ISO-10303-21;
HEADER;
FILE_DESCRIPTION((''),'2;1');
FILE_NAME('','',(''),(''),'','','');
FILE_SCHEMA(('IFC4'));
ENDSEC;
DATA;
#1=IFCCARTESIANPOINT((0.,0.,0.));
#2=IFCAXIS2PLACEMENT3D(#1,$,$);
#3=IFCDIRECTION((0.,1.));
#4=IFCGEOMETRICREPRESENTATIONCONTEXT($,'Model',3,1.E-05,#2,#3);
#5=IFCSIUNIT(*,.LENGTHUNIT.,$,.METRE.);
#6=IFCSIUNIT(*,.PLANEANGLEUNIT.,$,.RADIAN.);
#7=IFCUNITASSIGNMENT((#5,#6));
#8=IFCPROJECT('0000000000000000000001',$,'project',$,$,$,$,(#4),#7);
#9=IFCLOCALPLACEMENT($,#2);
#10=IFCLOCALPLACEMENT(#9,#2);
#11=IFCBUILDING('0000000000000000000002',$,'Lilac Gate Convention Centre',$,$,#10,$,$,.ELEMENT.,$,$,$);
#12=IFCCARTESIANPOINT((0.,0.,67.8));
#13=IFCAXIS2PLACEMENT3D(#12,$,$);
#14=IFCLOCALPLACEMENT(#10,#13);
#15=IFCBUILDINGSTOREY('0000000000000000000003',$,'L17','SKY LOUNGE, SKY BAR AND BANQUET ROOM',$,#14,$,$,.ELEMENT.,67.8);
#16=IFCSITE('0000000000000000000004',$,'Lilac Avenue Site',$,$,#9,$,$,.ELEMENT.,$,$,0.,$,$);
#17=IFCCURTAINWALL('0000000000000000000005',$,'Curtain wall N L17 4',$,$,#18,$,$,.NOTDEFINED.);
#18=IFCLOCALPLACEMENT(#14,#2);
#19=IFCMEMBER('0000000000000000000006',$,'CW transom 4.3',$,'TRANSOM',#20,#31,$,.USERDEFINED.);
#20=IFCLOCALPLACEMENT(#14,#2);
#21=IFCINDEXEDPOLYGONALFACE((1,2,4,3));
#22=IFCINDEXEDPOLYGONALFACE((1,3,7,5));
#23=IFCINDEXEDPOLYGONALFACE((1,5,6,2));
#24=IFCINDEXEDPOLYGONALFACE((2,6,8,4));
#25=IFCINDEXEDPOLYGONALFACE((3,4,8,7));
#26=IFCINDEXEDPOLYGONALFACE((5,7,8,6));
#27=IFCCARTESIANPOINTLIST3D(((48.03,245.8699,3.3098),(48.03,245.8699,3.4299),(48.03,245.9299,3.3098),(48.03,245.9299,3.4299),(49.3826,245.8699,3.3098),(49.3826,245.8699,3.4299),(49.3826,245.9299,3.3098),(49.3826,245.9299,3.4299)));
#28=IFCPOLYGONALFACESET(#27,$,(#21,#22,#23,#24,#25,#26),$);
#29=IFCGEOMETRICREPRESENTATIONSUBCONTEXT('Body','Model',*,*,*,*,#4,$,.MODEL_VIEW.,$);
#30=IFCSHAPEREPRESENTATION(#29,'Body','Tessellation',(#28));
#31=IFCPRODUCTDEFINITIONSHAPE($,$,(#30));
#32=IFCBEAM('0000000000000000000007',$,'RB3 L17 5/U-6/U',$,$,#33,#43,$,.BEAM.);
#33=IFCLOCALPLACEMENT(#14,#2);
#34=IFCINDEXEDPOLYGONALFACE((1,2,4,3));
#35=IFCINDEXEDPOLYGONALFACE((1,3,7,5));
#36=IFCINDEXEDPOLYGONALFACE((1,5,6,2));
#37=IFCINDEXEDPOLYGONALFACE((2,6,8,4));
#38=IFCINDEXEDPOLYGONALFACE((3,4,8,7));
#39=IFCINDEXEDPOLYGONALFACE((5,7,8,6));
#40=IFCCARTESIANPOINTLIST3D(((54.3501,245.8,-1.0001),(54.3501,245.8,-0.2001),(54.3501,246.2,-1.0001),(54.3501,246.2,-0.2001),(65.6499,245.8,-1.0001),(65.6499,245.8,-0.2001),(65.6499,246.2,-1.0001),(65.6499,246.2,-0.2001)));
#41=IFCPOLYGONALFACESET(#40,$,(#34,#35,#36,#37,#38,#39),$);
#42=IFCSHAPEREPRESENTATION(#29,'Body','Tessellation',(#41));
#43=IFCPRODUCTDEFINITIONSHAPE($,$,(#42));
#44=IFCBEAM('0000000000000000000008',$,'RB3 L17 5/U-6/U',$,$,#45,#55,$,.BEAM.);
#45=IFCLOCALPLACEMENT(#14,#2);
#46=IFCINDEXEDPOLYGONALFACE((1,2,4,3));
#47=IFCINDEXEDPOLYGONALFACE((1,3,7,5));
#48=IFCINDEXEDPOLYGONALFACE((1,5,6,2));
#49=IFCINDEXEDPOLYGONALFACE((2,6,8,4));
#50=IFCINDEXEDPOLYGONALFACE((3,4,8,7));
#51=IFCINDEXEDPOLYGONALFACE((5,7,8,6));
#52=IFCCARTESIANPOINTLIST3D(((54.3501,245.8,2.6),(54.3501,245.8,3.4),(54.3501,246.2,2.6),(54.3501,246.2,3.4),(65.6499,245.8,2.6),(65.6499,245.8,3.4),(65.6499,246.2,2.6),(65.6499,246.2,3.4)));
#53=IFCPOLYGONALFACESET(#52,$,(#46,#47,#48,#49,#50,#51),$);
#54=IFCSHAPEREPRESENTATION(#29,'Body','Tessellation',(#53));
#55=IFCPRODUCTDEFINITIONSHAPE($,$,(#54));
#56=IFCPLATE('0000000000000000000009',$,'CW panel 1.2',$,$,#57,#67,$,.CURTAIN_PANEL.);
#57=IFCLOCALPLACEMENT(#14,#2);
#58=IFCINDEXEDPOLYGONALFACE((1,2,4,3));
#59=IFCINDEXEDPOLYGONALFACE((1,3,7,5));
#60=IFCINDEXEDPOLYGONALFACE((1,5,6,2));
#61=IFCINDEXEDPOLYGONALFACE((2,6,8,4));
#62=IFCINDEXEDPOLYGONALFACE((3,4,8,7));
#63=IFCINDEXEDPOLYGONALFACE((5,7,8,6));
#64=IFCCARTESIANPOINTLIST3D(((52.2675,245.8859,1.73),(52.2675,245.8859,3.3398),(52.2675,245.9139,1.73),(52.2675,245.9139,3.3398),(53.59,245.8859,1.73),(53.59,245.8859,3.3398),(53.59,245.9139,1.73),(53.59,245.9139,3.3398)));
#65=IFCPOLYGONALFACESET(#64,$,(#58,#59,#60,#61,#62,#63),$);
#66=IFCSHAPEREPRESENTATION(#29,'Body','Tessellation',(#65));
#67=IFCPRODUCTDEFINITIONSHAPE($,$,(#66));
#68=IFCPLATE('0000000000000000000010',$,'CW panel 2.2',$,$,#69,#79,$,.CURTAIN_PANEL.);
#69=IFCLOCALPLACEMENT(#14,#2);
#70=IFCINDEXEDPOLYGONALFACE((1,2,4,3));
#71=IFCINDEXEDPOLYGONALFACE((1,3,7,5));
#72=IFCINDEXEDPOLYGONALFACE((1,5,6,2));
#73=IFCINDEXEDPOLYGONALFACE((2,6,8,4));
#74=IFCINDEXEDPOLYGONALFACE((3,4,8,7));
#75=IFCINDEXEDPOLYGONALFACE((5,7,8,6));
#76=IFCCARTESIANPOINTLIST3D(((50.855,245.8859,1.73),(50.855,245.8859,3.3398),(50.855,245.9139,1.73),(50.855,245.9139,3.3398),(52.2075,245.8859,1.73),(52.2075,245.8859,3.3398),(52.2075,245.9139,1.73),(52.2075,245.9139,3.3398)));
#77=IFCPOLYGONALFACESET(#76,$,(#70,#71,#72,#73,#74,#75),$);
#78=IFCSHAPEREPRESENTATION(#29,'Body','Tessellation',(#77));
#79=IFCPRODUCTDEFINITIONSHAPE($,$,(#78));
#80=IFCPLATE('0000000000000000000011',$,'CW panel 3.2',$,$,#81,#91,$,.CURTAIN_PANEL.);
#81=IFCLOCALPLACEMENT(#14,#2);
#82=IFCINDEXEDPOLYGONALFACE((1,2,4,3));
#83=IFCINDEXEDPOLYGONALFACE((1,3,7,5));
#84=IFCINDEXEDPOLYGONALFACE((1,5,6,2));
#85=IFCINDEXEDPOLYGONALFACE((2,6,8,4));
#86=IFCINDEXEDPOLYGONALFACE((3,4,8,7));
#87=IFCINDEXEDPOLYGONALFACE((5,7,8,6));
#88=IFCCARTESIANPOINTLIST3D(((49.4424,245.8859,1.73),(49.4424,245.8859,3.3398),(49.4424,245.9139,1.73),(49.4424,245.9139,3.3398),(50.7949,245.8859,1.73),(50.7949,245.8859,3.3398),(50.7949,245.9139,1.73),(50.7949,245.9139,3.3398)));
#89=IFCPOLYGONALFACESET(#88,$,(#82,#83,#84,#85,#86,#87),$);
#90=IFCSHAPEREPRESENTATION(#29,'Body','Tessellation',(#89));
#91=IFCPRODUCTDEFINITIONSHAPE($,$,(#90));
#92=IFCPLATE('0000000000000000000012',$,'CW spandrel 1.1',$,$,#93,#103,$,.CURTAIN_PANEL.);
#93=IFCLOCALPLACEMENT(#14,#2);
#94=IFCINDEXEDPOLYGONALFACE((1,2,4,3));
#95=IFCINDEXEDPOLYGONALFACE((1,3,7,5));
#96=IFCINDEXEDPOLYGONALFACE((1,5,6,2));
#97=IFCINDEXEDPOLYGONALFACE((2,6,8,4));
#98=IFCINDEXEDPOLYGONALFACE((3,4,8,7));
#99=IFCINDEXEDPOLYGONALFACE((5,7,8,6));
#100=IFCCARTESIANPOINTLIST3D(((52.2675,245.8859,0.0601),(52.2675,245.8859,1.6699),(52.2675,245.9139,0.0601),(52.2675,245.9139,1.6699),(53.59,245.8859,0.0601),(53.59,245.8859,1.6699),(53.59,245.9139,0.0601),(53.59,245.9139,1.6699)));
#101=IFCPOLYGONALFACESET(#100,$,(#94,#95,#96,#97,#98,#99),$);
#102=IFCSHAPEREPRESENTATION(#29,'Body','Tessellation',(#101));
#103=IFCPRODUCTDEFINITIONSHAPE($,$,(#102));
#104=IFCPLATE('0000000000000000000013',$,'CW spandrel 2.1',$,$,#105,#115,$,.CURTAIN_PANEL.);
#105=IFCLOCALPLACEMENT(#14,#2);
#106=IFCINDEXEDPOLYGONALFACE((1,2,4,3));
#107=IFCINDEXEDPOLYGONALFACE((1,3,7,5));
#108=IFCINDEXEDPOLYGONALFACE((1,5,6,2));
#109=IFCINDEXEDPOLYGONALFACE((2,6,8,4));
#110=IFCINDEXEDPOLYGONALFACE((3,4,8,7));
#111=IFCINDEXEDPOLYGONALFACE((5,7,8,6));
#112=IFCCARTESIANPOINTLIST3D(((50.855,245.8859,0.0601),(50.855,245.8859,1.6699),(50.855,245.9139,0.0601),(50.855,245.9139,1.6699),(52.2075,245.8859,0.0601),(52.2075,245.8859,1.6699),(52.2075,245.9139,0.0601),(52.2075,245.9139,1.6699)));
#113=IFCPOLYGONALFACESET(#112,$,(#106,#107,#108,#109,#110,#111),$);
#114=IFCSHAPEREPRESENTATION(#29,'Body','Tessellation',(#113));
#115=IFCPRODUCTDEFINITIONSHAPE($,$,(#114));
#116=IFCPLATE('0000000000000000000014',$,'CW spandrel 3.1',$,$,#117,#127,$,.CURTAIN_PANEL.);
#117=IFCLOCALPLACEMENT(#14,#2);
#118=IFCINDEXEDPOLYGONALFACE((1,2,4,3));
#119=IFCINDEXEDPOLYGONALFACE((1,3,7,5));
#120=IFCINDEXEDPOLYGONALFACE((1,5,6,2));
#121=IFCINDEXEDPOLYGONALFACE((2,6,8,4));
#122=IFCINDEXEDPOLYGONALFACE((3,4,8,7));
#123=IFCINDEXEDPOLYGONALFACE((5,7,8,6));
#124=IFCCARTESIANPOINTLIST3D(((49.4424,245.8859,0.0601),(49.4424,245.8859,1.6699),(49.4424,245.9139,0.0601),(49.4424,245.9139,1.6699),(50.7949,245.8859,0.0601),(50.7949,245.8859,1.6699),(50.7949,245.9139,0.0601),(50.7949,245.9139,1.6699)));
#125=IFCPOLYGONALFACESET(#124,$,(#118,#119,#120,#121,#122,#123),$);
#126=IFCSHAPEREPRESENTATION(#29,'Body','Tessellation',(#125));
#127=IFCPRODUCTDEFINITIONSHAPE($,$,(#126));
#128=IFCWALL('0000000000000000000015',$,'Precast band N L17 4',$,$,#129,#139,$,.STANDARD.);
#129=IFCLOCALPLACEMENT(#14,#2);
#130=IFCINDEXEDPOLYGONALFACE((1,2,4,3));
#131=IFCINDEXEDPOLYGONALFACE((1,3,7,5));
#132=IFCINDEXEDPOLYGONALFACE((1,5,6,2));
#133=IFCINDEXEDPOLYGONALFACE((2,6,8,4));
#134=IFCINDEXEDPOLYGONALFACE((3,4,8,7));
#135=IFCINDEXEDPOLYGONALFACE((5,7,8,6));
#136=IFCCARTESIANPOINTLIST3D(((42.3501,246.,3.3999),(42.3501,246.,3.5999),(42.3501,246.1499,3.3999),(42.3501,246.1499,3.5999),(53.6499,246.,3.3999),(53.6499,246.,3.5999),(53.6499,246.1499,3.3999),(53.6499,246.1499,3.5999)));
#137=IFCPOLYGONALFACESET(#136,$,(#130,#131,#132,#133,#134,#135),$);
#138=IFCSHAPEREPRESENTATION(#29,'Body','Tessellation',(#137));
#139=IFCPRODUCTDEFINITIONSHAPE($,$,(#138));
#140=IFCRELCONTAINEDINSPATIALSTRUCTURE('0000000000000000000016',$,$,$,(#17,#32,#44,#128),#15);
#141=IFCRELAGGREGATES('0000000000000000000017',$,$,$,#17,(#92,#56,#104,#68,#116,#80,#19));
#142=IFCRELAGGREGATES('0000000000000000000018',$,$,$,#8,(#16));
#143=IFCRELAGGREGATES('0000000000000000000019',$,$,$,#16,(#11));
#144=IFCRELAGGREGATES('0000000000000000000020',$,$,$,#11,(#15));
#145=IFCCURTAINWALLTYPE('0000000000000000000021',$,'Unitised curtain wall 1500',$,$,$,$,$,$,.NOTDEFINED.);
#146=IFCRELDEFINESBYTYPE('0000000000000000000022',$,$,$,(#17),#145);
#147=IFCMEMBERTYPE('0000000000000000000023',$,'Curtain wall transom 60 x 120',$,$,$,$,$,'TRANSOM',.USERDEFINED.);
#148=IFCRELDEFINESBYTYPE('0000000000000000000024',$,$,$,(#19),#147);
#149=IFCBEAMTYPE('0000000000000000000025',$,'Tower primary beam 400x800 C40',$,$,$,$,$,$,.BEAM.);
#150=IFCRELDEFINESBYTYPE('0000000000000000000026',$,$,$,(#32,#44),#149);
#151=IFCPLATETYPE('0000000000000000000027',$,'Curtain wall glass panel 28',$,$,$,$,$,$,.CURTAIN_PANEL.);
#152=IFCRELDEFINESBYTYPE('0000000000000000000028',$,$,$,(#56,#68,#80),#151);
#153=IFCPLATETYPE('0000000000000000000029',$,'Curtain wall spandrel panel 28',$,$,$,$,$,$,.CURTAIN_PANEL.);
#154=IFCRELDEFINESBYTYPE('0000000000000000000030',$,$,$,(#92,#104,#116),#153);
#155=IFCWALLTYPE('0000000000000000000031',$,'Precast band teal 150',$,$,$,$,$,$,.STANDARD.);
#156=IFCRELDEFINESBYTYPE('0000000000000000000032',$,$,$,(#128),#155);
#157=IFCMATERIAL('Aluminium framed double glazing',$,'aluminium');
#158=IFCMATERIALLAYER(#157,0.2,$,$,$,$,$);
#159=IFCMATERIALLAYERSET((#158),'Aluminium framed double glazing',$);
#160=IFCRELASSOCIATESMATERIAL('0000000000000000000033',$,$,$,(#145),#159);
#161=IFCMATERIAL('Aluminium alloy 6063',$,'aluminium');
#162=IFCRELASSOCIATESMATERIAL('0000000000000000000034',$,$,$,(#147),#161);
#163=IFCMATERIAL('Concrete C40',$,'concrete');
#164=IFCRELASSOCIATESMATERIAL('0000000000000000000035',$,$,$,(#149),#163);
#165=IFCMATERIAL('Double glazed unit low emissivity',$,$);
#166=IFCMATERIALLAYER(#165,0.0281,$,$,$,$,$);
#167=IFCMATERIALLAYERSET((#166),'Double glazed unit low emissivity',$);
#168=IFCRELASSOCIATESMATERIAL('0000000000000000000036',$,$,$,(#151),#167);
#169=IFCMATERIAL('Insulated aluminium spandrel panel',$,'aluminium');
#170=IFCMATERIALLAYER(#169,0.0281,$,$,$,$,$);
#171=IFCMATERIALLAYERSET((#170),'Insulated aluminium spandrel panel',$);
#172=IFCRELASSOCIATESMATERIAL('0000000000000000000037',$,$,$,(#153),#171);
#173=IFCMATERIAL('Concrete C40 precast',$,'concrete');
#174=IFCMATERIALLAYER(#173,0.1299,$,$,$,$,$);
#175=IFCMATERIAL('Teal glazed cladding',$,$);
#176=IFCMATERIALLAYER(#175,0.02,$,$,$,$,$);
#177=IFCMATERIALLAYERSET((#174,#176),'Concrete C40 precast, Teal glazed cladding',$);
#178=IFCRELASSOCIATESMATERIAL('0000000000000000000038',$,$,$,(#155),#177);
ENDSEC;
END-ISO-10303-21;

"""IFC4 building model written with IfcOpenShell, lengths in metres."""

from ifc_helpers import new_model, si_unit, direction, frame, frame_2d, origin, origin_2d, place, context, subcontext, project, spatial, rectangle, extrude, material, layer, layer_set, material_profile, profile_set, type_object, element, aggregate, save


model = new_model("IFC4")

# Units and contexts
model_context = context("Model", 3, precision=1e-05, world=origin(), true_north=direction((0.0, 1.0)))
body_context = subcontext(model_context, "Body", "Model", "MODEL_VIEW")
ifc_project = project(units=[si_unit("LENGTHUNIT", "METRE"), si_unit("PLANEANGLEUNIT", "RADIAN")], contexts=[model_context])

# Site, building, storey
site_placement = place(None, origin())
site = spatial("IfcSite", under=ifc_project, at=site_placement, Name="Lilac Avenue Site", CompositionType="ELEMENT", RefElevation=0.0)
building_placement = place(site_placement, origin())
building = spatial("IfcBuilding", under=site, at=building_placement, Name="Lilac Gate Convention Centre", CompositionType="ELEMENT")
storey_placement = place(building_placement, frame((0.0, 0.0, 67.8)))
storey = spatial("IfcBuildingStorey", under=building, at=storey_placement, Name="L17", Description="SKY LOUNGE, SKY BAR AND BANQUET ROOM", CompositionType="ELEMENT", Elevation=67.8)

# Shared definitions
ifc_material_1 = material(Name="Concrete C40", Category="concrete")

# Curtain wall, member
ifc_material_2 = material(Name="Aluminium framed double glazing", Category="aluminium")
ifc_layer_1 = layer(ifc_material_2, 0.2)
ifc_layer_set_1 = layer_set([ifc_layer_1], Name="Aluminium framed double glazing")
curtain_wall_type = type_object("IfcCurtainWallType", Name="Unitised curtain wall 1500", PredefinedType="NOTDEFINED", material=ifc_layer_set_1)
curtain_wall_placement = place(storey_placement, origin())
curtain_wall = element("IfcCurtainWall", 1, at=curtain_wall_placement, inside=storey, type_object=curtain_wall_type, Name="Curtain wall N L17 4", PredefinedType="NOTDEFINED")
ifc_material_3 = material(Name="Aluminium alloy 6063", Category="aluminium")
ifc_material_profile_1 = material_profile(ifc_material_3, rectangle(XDim=0.0601, YDim=0.1201, at=origin_2d()), Name="Curtain wall transom 60 x 120")
ifc_profile_set_1 = profile_set([ifc_material_profile_1], Name="Aluminium alloy 6063")
member_type_1 = type_object("IfcMemberType", Name="Curtain wall transom 60 x 120", ElementType="TRANSOM", PredefinedType="USERDEFINED", material=ifc_profile_set_1)
member_1_placement = place(storey_placement, frame((49.3826, 245.8999, 3.3699), z_axis=(-1.0, 0.0, 0.0), x_axis=(0.0, -1.0, 0.0)))
member_1 = element("IfcMember", 2, at=member_1_placement, type_object=member_type_1, Name="CW transom 4.3", ObjectType="TRANSOM", PredefinedType="USERDEFINED", context=body_context, shape_type="SweptSolid", body=[
    extrude(rectangle(XDim=0.0601, YDim=0.1201, at=origin_2d()), origin(), (0.0, 0.0, 1.0), 1.3525),
])

# Beams
ifc_material_profile_2 = material_profile(ifc_material_1, rectangle(XDim=0.3999, YDim=0.8, at=origin_2d()), Name="RC 400x800")
ifc_profile_set_2 = profile_set([ifc_material_profile_2], Name="Concrete C40")
beam_type = type_object("IfcBeamType", Name="Tower primary beam 400x800 C40", PredefinedType="BEAM", material=ifc_profile_set_2)
for number, where, z_axis, x_axis, name in (
    (3, (54.3501, 246.0, -0.6001), (1.0, 0.0, 0.0), (0.0, 1.0, 0.0), "RB3 L17 5/U-6/U"),
    (4, (54.3501, 246.0, 3.0), (1.0, 0.0, 0.0), (0.0, 1.0, 0.0), "RB3 L17 5/U-6/U"),
):
    element("IfcBeam", number, at=place(storey_placement, frame(where, z_axis=z_axis, x_axis=x_axis)), inside=storey, type_object=beam_type, Name=name, PredefinedType="BEAM", context=body_context, shape_type="SweptSolid", body=[
        extrude(rectangle(XDim=0.3999, YDim=0.8, at=origin_2d()), origin(), (0.0, 0.0, 1.0), 11.2998),
    ])

# Plates
ifc_material_4 = material(Name="Double glazed unit low emissivity")
ifc_layer_2 = layer(ifc_material_4, 0.0281)
ifc_layer_set_2 = layer_set([ifc_layer_2], Name="Double glazed unit low emissivity")
plate_type_1 = type_object("IfcPlateType", Name="Curtain wall glass panel 28", PredefinedType="CURTAIN_PANEL", material=ifc_layer_set_2)
plate_1_placement = place(storey_placement, frame((52.9287, 245.8999, 1.73), z_axis=(0.0, 0.0, 1.0), x_axis=(-1.0, 0.0, 0.0)))
plate_1 = element("IfcPlate", 5, at=plate_1_placement, type_object=plate_type_1, Name="CW panel 1.2", PredefinedType="CURTAIN_PANEL", context=body_context, shape_type="SweptSolid", body=[
    extrude(rectangle(XDim=1.3225, YDim=0.0281, at=origin_2d()), origin(), (0.0, 0.0, 1.0), 1.6099),
])
plate_2_placement = place(storey_placement, frame((51.5312, 245.8999, 1.73), z_axis=(0.0, 0.0, 1.0), x_axis=(-1.0, 0.0, 0.0)))
plate_2 = element("IfcPlate", 6, at=plate_2_placement, type_object=plate_type_1, Name="CW panel 2.2", PredefinedType="CURTAIN_PANEL", context=body_context, shape_type="SweptSolid", body=[
    extrude(rectangle(XDim=1.3525, YDim=0.0281, at=origin_2d()), origin(), (0.0, 0.0, 1.0), 1.6099),
])
plate_3_placement = place(storey_placement, frame((50.1187, 245.8999, 1.73), z_axis=(0.0, 0.0, 1.0), x_axis=(-1.0, 0.0, 0.0)))
plate_3 = element("IfcPlate", 7, at=plate_3_placement, type_object=plate_type_1, Name="CW panel 3.2", PredefinedType="CURTAIN_PANEL", context=body_context, shape_type="SweptSolid", body=[
    extrude(rectangle(XDim=1.3525, YDim=0.0281, at=origin_2d()), origin(), (0.0, 0.0, 1.0), 1.6099),
])
ifc_material_5 = material(Name="Insulated aluminium spandrel panel", Category="aluminium")
ifc_layer_3 = layer(ifc_material_5, 0.0281)
ifc_layer_set_3 = layer_set([ifc_layer_3], Name="Insulated aluminium spandrel panel")
plate_type_2 = type_object("IfcPlateType", Name="Curtain wall spandrel panel 28", PredefinedType="CURTAIN_PANEL", material=ifc_layer_set_3)
plate_4_placement = place(storey_placement, frame((52.9287, 245.8999, 0.0601), z_axis=(0.0, 0.0, 1.0), x_axis=(-1.0, 0.0, 0.0)))
plate_4 = element("IfcPlate", 8, at=plate_4_placement, type_object=plate_type_2, Name="CW spandrel 1.1", PredefinedType="CURTAIN_PANEL", context=body_context, shape_type="SweptSolid", body=[
    extrude(rectangle(XDim=1.3225, YDim=0.0281, at=origin_2d()), origin(), (0.0, 0.0, 1.0), 1.6099),
])
plate_5_placement = place(storey_placement, frame((51.5312, 245.8999, 0.0601), z_axis=(0.0, 0.0, 1.0), x_axis=(-1.0, 0.0, 0.0)))
plate_5 = element("IfcPlate", 9, at=plate_5_placement, type_object=plate_type_2, Name="CW spandrel 2.1", PredefinedType="CURTAIN_PANEL", context=body_context, shape_type="SweptSolid", body=[
    extrude(rectangle(XDim=1.3525, YDim=0.0281, at=origin_2d()), origin(), (0.0, 0.0, 1.0), 1.6099),
])
plate_6_placement = place(storey_placement, frame((50.1187, 245.8999, 0.0601), z_axis=(0.0, 0.0, 1.0), x_axis=(-1.0, 0.0, 0.0)))
plate_6 = element("IfcPlate", 10, at=plate_6_placement, type_object=plate_type_2, Name="CW spandrel 3.1", PredefinedType="CURTAIN_PANEL", context=body_context, shape_type="SweptSolid", body=[
    extrude(rectangle(XDim=1.3525, YDim=0.0281, at=origin_2d()), origin(), (0.0, 0.0, 1.0), 1.6099),
])
aggregate(curtain_wall, [plate_4, plate_1, plate_5, plate_2, plate_6, plate_3, member_1])

# Wall
ifc_material_6 = material(Name="Concrete C40 precast", Category="concrete")
ifc_layer_4 = layer(ifc_material_6, 0.1299)
ifc_material_7 = material(Name="Teal glazed cladding")
ifc_layer_5 = layer(ifc_material_7, 0.02)
ifc_layer_set_4 = layer_set([ifc_layer_4, ifc_layer_5], Name="Concrete C40 precast, Teal glazed cladding")
wall_type = type_object("IfcWallType", Name="Precast band teal 150", PredefinedType="STANDARD", material=ifc_layer_set_4)
wall_placement = place(storey_placement, frame((53.6499, 246.075, 3.3999), z_axis=(0.0, 0.0, 1.0), x_axis=(-1.0, 0.0, 0.0)))
element("IfcWall", 11, at=wall_placement, inside=storey, type_object=wall_type, Name="Precast band N L17 4", PredefinedType="STANDARD", context=body_context, shape_type="SweptSolid", body=[
    extrude(rectangle(XDim=11.2998, YDim=0.1499, at=frame_2d((5.6499, 0.0))), origin(), (0.0, 0.0, 1.0), 0.2),
])

save(model, "model.ifc")
